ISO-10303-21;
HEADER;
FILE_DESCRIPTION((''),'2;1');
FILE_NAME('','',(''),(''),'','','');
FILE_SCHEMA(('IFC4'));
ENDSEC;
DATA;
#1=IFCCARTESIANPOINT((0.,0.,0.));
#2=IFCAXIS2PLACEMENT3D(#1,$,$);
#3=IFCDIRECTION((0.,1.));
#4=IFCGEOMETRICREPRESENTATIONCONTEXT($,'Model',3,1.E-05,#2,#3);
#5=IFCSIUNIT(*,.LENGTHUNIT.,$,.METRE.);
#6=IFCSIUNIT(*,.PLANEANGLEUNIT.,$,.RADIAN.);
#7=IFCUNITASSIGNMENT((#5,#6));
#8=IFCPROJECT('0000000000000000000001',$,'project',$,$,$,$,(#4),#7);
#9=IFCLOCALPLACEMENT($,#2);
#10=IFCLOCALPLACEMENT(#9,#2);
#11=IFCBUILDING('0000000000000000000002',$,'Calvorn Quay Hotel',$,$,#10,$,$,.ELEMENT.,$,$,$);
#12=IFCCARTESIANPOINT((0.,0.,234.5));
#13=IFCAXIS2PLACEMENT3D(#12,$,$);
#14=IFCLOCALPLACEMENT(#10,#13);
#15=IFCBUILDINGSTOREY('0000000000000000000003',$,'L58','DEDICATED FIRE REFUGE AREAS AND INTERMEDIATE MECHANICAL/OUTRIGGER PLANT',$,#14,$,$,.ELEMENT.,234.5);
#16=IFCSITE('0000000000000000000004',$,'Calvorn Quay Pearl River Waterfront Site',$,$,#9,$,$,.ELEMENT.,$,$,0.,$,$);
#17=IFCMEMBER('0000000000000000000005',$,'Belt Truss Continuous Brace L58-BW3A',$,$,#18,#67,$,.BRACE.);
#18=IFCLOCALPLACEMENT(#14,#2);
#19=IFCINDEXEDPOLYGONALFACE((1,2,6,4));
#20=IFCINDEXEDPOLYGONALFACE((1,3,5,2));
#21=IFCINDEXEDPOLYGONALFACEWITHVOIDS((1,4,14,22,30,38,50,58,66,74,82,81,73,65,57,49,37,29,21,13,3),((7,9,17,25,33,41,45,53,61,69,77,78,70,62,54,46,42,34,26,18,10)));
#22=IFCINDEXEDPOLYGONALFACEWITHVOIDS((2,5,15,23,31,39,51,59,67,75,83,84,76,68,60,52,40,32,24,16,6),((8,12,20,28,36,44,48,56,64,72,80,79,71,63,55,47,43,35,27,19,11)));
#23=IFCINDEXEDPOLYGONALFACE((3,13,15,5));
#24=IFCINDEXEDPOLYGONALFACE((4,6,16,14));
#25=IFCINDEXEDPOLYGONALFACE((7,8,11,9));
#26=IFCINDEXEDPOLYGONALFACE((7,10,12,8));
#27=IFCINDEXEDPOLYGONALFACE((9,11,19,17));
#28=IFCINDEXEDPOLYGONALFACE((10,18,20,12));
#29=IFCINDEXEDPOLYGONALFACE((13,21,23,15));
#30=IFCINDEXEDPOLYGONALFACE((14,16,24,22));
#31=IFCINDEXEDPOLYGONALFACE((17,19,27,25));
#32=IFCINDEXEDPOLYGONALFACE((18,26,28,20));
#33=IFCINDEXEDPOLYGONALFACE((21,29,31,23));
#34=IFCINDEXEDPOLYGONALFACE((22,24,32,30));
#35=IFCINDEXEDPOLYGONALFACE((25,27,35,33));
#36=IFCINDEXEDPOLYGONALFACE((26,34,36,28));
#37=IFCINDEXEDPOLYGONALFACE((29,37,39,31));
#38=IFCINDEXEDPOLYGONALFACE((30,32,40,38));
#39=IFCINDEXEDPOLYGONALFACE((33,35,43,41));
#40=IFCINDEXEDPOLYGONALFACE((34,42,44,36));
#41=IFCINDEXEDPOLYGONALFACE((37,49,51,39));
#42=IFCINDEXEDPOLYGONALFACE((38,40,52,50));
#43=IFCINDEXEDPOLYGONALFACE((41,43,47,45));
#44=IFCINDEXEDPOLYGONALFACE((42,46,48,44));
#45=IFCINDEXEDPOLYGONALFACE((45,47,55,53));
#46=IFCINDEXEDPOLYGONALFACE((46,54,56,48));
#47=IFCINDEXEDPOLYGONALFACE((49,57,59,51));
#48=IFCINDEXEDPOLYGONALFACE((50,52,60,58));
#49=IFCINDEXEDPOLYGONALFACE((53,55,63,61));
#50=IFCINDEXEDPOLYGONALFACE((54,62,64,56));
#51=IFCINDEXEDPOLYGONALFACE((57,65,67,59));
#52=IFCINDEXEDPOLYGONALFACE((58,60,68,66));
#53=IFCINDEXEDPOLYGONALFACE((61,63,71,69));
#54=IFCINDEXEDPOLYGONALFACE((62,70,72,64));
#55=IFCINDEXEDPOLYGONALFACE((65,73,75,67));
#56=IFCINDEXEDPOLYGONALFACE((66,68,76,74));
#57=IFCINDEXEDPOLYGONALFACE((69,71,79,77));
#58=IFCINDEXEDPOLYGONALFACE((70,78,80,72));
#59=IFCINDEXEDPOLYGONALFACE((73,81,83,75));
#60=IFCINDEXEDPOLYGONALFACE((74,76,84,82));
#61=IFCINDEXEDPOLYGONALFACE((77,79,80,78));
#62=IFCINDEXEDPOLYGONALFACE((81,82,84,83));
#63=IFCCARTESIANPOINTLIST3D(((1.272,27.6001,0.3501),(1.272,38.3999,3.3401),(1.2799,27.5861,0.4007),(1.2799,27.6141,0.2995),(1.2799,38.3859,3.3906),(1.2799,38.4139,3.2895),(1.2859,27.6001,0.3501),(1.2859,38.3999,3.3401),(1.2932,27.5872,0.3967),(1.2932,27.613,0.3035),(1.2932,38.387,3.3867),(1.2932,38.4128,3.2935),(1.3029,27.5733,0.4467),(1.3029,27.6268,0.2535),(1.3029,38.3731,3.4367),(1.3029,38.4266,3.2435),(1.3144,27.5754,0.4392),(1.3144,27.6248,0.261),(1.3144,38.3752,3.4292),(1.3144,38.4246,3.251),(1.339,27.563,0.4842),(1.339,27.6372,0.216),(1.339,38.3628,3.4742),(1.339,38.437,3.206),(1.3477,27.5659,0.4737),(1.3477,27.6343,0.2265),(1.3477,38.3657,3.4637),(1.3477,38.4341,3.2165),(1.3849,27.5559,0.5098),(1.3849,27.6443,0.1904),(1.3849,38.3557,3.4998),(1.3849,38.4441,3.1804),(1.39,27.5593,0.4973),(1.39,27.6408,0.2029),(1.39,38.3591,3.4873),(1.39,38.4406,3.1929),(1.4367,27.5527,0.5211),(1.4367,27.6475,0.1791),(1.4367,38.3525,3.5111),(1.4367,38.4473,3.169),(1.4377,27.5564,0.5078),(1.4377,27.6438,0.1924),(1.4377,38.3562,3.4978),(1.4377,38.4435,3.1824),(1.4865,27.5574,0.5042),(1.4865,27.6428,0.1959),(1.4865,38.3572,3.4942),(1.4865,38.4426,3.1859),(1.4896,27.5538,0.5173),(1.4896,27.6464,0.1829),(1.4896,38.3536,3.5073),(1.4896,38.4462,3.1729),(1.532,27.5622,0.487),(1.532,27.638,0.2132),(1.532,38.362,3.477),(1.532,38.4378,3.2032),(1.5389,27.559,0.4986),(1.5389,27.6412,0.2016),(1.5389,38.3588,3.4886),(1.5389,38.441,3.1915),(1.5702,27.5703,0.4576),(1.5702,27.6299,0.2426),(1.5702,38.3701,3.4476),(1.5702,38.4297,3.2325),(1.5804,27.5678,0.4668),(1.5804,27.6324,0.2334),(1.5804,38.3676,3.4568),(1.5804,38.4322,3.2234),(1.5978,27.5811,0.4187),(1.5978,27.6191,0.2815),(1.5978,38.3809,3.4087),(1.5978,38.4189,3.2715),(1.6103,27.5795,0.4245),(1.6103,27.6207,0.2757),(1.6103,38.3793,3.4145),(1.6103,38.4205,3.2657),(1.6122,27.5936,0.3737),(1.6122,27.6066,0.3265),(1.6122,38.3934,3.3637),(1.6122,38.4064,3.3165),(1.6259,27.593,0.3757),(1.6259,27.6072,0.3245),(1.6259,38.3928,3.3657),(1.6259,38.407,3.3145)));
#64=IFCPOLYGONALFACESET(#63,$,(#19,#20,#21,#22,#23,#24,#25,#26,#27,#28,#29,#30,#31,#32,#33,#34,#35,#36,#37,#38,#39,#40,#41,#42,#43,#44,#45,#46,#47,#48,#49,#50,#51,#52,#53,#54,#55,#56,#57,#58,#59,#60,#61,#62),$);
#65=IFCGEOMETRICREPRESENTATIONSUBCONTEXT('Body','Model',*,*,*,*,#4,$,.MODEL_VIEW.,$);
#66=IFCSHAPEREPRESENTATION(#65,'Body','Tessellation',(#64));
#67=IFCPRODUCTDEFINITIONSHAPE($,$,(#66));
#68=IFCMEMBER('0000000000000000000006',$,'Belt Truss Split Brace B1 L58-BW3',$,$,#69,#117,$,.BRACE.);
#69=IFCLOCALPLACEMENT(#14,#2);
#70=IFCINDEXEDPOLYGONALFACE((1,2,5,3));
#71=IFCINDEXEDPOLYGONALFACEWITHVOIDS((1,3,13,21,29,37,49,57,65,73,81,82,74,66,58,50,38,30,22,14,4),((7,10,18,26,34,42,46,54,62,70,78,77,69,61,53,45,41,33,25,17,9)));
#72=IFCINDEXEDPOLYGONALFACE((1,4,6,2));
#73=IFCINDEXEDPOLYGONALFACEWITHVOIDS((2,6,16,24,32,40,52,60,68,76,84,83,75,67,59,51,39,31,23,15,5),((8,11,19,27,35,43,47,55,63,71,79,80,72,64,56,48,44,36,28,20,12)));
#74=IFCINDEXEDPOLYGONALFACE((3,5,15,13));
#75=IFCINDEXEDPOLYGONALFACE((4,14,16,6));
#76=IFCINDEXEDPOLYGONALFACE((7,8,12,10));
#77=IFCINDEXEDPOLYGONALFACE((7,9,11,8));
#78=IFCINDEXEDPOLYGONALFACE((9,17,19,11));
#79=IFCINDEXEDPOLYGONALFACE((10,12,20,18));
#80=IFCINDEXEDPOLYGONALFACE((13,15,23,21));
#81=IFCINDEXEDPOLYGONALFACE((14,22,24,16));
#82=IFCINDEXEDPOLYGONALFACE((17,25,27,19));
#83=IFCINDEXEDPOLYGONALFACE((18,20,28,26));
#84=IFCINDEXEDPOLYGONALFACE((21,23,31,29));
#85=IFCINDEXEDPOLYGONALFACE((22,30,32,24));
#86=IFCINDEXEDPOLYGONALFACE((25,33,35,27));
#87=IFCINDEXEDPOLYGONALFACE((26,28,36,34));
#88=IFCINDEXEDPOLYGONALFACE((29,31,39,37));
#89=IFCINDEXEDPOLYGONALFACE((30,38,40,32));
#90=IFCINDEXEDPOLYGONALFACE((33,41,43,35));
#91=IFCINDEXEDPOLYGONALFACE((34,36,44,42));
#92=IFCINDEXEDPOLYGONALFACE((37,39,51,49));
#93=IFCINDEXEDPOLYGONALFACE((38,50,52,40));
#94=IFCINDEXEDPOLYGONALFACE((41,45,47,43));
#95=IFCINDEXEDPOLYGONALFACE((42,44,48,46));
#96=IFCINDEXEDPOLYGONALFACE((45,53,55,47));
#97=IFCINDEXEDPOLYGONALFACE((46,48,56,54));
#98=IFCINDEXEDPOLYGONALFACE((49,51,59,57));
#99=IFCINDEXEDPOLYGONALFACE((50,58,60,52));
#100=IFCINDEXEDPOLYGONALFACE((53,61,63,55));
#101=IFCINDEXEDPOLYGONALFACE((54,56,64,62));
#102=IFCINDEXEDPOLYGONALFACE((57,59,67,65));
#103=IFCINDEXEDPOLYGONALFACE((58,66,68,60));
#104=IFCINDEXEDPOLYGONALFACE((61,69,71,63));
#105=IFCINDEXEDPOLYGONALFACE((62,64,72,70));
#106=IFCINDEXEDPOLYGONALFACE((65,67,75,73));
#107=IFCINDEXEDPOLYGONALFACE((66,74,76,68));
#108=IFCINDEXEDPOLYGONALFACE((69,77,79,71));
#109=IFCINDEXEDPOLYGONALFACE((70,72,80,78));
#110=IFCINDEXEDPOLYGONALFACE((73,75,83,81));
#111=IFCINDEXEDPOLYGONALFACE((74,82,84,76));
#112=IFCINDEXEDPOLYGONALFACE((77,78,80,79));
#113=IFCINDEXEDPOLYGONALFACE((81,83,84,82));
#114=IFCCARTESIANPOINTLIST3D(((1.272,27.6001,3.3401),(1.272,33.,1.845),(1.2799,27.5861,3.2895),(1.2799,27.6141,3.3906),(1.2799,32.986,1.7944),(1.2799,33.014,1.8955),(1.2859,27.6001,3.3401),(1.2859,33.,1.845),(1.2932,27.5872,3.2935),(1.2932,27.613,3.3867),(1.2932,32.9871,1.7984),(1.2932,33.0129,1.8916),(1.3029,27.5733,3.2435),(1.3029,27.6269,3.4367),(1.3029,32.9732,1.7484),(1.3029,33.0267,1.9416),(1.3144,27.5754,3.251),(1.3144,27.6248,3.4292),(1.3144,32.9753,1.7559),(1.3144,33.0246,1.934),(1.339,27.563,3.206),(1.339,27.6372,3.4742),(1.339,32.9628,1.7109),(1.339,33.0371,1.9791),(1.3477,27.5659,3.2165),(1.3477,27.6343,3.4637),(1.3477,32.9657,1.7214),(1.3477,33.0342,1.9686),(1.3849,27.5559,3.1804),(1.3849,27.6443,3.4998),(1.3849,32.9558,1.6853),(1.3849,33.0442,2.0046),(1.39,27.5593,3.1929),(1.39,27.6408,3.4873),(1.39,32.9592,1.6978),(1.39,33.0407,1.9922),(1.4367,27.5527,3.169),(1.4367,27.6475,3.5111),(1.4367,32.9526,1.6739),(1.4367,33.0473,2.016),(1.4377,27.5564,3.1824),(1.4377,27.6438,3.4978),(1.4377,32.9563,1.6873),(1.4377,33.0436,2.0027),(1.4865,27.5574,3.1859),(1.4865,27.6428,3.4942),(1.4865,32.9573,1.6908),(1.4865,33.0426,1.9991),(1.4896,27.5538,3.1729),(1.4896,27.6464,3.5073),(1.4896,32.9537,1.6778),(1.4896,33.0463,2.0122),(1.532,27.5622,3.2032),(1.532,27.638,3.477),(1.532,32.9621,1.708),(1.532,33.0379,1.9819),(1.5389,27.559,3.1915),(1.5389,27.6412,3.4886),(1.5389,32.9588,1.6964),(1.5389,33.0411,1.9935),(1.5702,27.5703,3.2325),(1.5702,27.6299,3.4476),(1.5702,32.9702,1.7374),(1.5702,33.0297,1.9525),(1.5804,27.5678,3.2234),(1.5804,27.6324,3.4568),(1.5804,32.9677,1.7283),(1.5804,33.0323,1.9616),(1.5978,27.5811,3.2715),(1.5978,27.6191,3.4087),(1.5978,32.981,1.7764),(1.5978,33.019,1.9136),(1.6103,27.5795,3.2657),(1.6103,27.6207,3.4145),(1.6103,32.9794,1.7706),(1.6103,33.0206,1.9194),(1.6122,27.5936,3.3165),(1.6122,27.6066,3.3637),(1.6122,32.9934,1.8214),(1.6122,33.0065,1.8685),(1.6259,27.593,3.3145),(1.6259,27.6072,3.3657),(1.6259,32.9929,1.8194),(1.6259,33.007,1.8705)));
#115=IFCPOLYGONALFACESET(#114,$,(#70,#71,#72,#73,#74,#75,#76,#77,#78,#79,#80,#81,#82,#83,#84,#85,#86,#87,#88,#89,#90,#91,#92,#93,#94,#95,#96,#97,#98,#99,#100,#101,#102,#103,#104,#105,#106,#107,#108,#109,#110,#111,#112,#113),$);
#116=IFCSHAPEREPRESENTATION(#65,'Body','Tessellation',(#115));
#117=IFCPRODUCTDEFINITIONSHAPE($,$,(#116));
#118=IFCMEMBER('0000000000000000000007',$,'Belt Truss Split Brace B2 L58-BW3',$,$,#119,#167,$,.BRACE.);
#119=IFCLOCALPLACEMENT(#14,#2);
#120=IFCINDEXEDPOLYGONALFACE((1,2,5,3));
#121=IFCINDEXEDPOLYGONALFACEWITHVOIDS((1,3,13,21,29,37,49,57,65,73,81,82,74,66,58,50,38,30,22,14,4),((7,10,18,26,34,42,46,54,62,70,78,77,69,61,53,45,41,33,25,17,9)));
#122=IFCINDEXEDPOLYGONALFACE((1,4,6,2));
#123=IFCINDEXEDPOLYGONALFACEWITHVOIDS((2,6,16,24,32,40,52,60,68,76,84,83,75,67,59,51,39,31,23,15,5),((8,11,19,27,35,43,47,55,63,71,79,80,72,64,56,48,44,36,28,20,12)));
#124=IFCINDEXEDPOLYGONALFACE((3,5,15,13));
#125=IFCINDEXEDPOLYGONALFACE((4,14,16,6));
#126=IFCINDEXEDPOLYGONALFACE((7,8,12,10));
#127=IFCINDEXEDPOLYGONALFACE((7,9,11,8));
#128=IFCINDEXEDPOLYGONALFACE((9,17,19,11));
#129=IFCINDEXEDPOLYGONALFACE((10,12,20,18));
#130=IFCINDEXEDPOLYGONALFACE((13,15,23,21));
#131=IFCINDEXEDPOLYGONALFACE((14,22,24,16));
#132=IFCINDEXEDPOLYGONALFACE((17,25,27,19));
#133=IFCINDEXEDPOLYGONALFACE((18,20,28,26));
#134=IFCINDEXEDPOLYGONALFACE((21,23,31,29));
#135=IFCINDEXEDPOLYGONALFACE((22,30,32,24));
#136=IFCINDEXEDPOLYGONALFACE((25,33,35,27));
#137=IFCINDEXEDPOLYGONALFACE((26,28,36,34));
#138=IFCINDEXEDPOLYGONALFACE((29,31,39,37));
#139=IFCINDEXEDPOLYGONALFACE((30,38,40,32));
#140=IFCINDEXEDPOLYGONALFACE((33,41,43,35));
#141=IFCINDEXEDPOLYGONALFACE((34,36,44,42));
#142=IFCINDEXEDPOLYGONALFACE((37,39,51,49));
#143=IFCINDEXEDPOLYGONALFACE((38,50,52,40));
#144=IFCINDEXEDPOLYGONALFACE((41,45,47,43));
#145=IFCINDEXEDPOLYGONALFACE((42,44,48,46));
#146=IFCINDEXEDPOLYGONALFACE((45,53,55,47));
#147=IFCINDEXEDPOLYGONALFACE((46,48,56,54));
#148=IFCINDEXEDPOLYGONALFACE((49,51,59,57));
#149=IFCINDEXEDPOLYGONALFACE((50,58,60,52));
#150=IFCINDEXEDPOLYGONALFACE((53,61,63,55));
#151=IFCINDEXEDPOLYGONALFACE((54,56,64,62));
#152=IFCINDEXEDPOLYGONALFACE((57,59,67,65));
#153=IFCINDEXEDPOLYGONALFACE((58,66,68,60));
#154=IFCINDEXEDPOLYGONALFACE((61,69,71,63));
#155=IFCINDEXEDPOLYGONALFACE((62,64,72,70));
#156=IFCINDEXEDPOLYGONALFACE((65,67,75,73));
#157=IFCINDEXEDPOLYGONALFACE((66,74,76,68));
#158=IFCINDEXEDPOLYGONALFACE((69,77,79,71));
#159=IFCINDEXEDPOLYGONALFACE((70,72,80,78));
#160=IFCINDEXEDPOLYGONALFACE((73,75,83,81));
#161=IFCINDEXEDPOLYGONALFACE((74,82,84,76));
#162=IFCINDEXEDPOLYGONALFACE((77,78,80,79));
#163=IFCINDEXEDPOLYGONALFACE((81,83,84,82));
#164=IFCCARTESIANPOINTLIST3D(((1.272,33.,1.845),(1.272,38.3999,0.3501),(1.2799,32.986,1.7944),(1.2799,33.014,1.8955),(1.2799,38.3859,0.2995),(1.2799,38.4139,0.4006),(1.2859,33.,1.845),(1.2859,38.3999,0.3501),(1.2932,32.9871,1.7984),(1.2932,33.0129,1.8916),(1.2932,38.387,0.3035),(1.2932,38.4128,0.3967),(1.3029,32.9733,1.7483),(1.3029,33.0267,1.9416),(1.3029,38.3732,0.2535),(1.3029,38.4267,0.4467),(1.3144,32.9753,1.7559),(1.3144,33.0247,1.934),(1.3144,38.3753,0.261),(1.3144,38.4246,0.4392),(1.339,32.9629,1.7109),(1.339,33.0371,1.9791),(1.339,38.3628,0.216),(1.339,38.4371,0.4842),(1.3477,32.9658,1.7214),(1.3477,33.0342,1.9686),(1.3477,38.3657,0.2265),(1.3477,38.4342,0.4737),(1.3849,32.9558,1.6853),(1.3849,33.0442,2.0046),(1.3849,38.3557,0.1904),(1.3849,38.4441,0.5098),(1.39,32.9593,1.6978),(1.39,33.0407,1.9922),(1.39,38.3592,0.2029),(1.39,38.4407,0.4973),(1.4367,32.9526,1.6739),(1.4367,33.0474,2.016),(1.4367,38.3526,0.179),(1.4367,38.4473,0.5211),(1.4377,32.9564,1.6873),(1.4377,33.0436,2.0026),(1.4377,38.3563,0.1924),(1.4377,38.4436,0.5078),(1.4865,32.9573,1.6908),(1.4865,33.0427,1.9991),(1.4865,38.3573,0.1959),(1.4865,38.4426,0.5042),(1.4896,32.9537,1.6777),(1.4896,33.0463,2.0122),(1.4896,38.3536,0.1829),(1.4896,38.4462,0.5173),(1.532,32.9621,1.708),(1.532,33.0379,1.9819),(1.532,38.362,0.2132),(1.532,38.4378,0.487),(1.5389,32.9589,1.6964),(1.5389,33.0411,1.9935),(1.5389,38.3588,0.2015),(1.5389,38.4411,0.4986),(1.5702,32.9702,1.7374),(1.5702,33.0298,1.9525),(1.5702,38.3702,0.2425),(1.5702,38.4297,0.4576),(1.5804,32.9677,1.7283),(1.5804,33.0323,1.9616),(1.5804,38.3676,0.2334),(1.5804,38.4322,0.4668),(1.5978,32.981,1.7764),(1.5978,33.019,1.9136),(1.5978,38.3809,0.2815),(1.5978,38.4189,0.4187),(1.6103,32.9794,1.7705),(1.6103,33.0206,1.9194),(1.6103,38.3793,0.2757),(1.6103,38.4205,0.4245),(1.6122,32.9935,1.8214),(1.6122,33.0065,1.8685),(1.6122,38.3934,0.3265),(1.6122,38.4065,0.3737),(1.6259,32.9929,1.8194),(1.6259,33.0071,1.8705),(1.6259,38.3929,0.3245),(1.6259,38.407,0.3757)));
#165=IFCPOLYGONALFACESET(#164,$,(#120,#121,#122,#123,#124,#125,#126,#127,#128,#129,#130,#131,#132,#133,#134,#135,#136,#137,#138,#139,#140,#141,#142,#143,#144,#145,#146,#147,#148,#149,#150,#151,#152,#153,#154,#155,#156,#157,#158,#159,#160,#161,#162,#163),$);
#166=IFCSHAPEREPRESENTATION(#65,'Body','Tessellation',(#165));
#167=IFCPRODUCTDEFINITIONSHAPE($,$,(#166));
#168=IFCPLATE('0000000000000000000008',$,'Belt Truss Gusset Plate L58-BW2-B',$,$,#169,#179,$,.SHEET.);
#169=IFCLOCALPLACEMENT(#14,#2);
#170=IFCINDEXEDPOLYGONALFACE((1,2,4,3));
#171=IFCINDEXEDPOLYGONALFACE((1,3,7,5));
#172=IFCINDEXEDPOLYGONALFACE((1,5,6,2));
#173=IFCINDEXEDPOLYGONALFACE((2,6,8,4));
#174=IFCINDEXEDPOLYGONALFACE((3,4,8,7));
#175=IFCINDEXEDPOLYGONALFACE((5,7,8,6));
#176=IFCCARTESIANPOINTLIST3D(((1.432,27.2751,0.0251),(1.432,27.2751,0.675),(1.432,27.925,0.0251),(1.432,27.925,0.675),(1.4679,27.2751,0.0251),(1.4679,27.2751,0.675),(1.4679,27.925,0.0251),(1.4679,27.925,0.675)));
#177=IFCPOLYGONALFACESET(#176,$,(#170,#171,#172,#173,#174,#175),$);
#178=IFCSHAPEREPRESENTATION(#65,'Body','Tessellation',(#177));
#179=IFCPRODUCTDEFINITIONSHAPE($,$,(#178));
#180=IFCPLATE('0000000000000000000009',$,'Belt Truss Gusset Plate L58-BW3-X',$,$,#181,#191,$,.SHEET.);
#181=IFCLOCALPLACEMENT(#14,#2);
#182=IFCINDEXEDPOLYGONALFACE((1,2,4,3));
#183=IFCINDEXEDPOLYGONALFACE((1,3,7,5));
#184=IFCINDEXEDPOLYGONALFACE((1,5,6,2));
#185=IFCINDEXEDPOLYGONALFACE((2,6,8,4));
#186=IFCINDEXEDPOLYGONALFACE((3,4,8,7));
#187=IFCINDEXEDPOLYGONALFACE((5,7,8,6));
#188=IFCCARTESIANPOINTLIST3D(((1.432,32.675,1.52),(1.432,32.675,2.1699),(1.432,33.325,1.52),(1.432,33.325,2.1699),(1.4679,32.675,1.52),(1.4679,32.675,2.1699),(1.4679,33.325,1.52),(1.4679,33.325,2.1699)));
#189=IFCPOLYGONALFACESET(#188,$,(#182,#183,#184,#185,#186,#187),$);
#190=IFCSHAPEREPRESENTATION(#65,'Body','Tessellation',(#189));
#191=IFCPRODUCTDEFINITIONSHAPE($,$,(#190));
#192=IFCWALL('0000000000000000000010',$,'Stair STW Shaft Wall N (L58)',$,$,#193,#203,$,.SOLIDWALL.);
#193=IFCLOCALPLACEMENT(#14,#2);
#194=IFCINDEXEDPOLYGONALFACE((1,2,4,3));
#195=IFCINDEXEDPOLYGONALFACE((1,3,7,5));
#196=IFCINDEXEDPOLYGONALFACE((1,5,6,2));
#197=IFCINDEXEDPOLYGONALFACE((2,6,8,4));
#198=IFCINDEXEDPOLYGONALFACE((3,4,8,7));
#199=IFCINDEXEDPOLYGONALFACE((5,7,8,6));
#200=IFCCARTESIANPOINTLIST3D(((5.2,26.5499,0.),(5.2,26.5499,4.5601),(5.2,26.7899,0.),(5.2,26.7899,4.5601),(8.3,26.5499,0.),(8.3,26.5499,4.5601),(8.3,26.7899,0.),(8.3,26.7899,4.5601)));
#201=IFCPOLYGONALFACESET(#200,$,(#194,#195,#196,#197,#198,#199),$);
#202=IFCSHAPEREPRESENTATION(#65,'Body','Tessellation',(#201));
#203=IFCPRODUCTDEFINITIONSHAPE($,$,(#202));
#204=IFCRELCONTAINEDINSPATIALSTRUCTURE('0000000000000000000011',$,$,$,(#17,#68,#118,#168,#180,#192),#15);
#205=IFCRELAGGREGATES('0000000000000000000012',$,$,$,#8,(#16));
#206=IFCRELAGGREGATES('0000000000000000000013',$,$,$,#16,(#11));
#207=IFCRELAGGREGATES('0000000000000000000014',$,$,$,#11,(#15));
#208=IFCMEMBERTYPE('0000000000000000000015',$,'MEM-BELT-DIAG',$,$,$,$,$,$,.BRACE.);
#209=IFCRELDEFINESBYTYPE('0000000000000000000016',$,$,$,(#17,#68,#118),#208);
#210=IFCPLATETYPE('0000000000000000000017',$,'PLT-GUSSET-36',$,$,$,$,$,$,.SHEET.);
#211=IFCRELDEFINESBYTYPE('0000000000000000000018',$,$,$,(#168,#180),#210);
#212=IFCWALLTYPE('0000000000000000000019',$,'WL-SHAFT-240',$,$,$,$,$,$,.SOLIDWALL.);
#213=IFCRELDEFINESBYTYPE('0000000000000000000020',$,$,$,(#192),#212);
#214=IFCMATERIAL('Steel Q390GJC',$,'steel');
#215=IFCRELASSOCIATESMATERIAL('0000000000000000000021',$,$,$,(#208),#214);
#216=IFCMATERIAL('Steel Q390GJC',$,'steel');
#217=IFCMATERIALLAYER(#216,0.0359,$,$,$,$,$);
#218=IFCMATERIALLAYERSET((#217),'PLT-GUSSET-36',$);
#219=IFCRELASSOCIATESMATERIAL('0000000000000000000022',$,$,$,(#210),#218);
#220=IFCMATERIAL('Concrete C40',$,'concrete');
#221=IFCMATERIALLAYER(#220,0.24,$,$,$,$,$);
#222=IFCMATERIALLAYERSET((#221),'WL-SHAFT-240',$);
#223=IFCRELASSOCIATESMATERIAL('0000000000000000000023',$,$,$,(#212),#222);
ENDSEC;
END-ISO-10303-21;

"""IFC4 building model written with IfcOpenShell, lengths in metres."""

from ifc_helpers import new_model, si_unit, direction, frame, frame_2d, origin, origin_2d, place, context, subcontext, project, spatial, rectangle, hollow_circle, extrude, material, layer, layer_set, material_profile, profile_set, type_object, element, save


model = new_model("IFC4")

# Units and contexts
model_context = context("Model", 3, precision=1e-05, world=origin(), true_north=direction((0.0, 1.0)))
body_context = subcontext(model_context, "Body", "Model", "MODEL_VIEW")
ifc_project = project(units=[si_unit("LENGTHUNIT", "METRE"), si_unit("PLANEANGLEUNIT", "RADIAN")], contexts=[model_context])

# Site, building, storey
site_placement = place(None, origin())
site = spatial("IfcSite", under=ifc_project, at=site_placement, Name="Calvorn Quay Pearl River Waterfront Site", CompositionType="ELEMENT", RefElevation=0.0)
building_placement = place(site_placement, origin())
building = spatial("IfcBuilding", under=site, at=building_placement, Name="Calvorn Quay Hotel", CompositionType="ELEMENT")
storey_placement = place(building_placement, frame((0.0, 0.0, 234.5)))
storey = spatial("IfcBuildingStorey", under=building, at=storey_placement, Name="L58", Description="DEDICATED FIRE REFUGE AREAS AND INTERMEDIATE MECHANICAL/OUTRIGGER PLANT", CompositionType="ELEMENT", Elevation=234.5)

# Members
ifc_material_1 = material(Name="Steel Q390GJC", Category="steel")
ifc_material_profile_1 = material_profile(ifc_material_1, hollow_circle(Radius=0.178, WallThickness=0.0139, at=origin_2d()), Name="CHS356x14")
ifc_profile_set_1 = profile_set([ifc_material_profile_1], Name="Steel Q390GJC")
member_type_1 = type_object("IfcMemberType", Name="MEM-BELT-DIAG", PredefinedType="BRACE", material=ifc_profile_set_1)
member_1_placement = place(storey_placement, frame((1.45, 27.6001, 0.3501), z_axis=(0.0, 0.963747, 0.266819), x_axis=(-1.0, 0.0, 0.0)))
element("IfcMember", 1, at=member_1_placement, inside=storey, type_object=member_type_1, Name="Belt Truss Continuous Brace L58-BW3A", PredefinedType="BRACE", context=body_context, shape_type="SweptSolid", body=[
    extrude(hollow_circle(Radius=0.178, WallThickness=0.0139, at=origin_2d()), origin(), (0.0, 0.0, 1.0), 11.2061),
])
for number, where, z_axis, x_axis, name in (
    (2, (1.45, 27.6001, 3.3401), (0.0, 0.963741, -0.266839), (-1.0, 0.0, 0.0), "Belt Truss Split Brace B1 L58-BW3"),
    (3, (1.45, 33.0, 1.845), (0.0, 0.963752, -0.266799), (-1.0, 0.0, 0.0), "Belt Truss Split Brace B2 L58-BW3"),
):
    element("IfcMember", number, at=place(storey_placement, frame(where, z_axis=z_axis, x_axis=x_axis)), inside=storey, type_object=member_type_1, Name=name, PredefinedType="BRACE", context=body_context, shape_type="SweptSolid", body=[
        extrude(hollow_circle(Radius=0.178, WallThickness=0.0139, at=origin_2d()), origin(), (0.0, 0.0, 1.0), 5.603),
    ])

# Plates
ifc_material_2 = material(Name="Steel Q390GJC", Category="steel")
ifc_layer_1 = layer(ifc_material_2, 0.0359)
ifc_layer_set_1 = layer_set([ifc_layer_1], Name="PLT-GUSSET-36")
plate_type = type_object("IfcPlateType", Name="PLT-GUSSET-36", PredefinedType="SHEET", material=ifc_layer_set_1)
for number, where, z_axis, x_axis, name in (
    (4, (1.45, 27.6001, 0.0251), (0.0, 0.0, 1.0), (0.0, 1.0, 0.0), "Belt Truss Gusset Plate L58-BW2-B"),
    (5, (1.45, 33.0, 1.52), (0.0, 0.0, 1.0), (0.0, 1.0, 0.0), "Belt Truss Gusset Plate L58-BW3-X"),
):
    element("IfcPlate", number, at=place(storey_placement, frame(where, z_axis=z_axis, x_axis=x_axis)), inside=storey, type_object=plate_type, Name=name, PredefinedType="SHEET", context=body_context, shape_type="SweptSolid", body=[
        extrude(rectangle(XDim=0.6499, YDim=0.0359, at=origin_2d()), origin(), (0.0, 0.0, 1.0), 0.6499),
    ])

# Wall
ifc_material_3 = material(Name="Concrete C40", Category="concrete")
ifc_layer_2 = layer(ifc_material_3, 0.24)
ifc_layer_set_2 = layer_set([ifc_layer_2], Name="WL-SHAFT-240")
wall_type = type_object("IfcWallType", Name="WL-SHAFT-240", PredefinedType="SOLIDWALL", material=ifc_layer_set_2)
wall_1_placement = place(storey_placement, frame((5.2, 26.6699, 0.0), z_axis=(0.0, 0.0, 1.0), x_axis=(1.0, 0.0, 0.0)))
element("IfcWall", 6, at=wall_1_placement, inside=storey, type_object=wall_type, Name="Stair STW Shaft Wall N (L58)", PredefinedType="SOLIDWALL", context=body_context, shape_type="SweptSolid", body=[
    extrude(rectangle(XDim=3.1001, YDim=0.24, at=frame_2d((1.55, 0.0))), origin(), (0.0, 0.0, 1.0), 4.5601),
])

save(model, "model.ifc")
